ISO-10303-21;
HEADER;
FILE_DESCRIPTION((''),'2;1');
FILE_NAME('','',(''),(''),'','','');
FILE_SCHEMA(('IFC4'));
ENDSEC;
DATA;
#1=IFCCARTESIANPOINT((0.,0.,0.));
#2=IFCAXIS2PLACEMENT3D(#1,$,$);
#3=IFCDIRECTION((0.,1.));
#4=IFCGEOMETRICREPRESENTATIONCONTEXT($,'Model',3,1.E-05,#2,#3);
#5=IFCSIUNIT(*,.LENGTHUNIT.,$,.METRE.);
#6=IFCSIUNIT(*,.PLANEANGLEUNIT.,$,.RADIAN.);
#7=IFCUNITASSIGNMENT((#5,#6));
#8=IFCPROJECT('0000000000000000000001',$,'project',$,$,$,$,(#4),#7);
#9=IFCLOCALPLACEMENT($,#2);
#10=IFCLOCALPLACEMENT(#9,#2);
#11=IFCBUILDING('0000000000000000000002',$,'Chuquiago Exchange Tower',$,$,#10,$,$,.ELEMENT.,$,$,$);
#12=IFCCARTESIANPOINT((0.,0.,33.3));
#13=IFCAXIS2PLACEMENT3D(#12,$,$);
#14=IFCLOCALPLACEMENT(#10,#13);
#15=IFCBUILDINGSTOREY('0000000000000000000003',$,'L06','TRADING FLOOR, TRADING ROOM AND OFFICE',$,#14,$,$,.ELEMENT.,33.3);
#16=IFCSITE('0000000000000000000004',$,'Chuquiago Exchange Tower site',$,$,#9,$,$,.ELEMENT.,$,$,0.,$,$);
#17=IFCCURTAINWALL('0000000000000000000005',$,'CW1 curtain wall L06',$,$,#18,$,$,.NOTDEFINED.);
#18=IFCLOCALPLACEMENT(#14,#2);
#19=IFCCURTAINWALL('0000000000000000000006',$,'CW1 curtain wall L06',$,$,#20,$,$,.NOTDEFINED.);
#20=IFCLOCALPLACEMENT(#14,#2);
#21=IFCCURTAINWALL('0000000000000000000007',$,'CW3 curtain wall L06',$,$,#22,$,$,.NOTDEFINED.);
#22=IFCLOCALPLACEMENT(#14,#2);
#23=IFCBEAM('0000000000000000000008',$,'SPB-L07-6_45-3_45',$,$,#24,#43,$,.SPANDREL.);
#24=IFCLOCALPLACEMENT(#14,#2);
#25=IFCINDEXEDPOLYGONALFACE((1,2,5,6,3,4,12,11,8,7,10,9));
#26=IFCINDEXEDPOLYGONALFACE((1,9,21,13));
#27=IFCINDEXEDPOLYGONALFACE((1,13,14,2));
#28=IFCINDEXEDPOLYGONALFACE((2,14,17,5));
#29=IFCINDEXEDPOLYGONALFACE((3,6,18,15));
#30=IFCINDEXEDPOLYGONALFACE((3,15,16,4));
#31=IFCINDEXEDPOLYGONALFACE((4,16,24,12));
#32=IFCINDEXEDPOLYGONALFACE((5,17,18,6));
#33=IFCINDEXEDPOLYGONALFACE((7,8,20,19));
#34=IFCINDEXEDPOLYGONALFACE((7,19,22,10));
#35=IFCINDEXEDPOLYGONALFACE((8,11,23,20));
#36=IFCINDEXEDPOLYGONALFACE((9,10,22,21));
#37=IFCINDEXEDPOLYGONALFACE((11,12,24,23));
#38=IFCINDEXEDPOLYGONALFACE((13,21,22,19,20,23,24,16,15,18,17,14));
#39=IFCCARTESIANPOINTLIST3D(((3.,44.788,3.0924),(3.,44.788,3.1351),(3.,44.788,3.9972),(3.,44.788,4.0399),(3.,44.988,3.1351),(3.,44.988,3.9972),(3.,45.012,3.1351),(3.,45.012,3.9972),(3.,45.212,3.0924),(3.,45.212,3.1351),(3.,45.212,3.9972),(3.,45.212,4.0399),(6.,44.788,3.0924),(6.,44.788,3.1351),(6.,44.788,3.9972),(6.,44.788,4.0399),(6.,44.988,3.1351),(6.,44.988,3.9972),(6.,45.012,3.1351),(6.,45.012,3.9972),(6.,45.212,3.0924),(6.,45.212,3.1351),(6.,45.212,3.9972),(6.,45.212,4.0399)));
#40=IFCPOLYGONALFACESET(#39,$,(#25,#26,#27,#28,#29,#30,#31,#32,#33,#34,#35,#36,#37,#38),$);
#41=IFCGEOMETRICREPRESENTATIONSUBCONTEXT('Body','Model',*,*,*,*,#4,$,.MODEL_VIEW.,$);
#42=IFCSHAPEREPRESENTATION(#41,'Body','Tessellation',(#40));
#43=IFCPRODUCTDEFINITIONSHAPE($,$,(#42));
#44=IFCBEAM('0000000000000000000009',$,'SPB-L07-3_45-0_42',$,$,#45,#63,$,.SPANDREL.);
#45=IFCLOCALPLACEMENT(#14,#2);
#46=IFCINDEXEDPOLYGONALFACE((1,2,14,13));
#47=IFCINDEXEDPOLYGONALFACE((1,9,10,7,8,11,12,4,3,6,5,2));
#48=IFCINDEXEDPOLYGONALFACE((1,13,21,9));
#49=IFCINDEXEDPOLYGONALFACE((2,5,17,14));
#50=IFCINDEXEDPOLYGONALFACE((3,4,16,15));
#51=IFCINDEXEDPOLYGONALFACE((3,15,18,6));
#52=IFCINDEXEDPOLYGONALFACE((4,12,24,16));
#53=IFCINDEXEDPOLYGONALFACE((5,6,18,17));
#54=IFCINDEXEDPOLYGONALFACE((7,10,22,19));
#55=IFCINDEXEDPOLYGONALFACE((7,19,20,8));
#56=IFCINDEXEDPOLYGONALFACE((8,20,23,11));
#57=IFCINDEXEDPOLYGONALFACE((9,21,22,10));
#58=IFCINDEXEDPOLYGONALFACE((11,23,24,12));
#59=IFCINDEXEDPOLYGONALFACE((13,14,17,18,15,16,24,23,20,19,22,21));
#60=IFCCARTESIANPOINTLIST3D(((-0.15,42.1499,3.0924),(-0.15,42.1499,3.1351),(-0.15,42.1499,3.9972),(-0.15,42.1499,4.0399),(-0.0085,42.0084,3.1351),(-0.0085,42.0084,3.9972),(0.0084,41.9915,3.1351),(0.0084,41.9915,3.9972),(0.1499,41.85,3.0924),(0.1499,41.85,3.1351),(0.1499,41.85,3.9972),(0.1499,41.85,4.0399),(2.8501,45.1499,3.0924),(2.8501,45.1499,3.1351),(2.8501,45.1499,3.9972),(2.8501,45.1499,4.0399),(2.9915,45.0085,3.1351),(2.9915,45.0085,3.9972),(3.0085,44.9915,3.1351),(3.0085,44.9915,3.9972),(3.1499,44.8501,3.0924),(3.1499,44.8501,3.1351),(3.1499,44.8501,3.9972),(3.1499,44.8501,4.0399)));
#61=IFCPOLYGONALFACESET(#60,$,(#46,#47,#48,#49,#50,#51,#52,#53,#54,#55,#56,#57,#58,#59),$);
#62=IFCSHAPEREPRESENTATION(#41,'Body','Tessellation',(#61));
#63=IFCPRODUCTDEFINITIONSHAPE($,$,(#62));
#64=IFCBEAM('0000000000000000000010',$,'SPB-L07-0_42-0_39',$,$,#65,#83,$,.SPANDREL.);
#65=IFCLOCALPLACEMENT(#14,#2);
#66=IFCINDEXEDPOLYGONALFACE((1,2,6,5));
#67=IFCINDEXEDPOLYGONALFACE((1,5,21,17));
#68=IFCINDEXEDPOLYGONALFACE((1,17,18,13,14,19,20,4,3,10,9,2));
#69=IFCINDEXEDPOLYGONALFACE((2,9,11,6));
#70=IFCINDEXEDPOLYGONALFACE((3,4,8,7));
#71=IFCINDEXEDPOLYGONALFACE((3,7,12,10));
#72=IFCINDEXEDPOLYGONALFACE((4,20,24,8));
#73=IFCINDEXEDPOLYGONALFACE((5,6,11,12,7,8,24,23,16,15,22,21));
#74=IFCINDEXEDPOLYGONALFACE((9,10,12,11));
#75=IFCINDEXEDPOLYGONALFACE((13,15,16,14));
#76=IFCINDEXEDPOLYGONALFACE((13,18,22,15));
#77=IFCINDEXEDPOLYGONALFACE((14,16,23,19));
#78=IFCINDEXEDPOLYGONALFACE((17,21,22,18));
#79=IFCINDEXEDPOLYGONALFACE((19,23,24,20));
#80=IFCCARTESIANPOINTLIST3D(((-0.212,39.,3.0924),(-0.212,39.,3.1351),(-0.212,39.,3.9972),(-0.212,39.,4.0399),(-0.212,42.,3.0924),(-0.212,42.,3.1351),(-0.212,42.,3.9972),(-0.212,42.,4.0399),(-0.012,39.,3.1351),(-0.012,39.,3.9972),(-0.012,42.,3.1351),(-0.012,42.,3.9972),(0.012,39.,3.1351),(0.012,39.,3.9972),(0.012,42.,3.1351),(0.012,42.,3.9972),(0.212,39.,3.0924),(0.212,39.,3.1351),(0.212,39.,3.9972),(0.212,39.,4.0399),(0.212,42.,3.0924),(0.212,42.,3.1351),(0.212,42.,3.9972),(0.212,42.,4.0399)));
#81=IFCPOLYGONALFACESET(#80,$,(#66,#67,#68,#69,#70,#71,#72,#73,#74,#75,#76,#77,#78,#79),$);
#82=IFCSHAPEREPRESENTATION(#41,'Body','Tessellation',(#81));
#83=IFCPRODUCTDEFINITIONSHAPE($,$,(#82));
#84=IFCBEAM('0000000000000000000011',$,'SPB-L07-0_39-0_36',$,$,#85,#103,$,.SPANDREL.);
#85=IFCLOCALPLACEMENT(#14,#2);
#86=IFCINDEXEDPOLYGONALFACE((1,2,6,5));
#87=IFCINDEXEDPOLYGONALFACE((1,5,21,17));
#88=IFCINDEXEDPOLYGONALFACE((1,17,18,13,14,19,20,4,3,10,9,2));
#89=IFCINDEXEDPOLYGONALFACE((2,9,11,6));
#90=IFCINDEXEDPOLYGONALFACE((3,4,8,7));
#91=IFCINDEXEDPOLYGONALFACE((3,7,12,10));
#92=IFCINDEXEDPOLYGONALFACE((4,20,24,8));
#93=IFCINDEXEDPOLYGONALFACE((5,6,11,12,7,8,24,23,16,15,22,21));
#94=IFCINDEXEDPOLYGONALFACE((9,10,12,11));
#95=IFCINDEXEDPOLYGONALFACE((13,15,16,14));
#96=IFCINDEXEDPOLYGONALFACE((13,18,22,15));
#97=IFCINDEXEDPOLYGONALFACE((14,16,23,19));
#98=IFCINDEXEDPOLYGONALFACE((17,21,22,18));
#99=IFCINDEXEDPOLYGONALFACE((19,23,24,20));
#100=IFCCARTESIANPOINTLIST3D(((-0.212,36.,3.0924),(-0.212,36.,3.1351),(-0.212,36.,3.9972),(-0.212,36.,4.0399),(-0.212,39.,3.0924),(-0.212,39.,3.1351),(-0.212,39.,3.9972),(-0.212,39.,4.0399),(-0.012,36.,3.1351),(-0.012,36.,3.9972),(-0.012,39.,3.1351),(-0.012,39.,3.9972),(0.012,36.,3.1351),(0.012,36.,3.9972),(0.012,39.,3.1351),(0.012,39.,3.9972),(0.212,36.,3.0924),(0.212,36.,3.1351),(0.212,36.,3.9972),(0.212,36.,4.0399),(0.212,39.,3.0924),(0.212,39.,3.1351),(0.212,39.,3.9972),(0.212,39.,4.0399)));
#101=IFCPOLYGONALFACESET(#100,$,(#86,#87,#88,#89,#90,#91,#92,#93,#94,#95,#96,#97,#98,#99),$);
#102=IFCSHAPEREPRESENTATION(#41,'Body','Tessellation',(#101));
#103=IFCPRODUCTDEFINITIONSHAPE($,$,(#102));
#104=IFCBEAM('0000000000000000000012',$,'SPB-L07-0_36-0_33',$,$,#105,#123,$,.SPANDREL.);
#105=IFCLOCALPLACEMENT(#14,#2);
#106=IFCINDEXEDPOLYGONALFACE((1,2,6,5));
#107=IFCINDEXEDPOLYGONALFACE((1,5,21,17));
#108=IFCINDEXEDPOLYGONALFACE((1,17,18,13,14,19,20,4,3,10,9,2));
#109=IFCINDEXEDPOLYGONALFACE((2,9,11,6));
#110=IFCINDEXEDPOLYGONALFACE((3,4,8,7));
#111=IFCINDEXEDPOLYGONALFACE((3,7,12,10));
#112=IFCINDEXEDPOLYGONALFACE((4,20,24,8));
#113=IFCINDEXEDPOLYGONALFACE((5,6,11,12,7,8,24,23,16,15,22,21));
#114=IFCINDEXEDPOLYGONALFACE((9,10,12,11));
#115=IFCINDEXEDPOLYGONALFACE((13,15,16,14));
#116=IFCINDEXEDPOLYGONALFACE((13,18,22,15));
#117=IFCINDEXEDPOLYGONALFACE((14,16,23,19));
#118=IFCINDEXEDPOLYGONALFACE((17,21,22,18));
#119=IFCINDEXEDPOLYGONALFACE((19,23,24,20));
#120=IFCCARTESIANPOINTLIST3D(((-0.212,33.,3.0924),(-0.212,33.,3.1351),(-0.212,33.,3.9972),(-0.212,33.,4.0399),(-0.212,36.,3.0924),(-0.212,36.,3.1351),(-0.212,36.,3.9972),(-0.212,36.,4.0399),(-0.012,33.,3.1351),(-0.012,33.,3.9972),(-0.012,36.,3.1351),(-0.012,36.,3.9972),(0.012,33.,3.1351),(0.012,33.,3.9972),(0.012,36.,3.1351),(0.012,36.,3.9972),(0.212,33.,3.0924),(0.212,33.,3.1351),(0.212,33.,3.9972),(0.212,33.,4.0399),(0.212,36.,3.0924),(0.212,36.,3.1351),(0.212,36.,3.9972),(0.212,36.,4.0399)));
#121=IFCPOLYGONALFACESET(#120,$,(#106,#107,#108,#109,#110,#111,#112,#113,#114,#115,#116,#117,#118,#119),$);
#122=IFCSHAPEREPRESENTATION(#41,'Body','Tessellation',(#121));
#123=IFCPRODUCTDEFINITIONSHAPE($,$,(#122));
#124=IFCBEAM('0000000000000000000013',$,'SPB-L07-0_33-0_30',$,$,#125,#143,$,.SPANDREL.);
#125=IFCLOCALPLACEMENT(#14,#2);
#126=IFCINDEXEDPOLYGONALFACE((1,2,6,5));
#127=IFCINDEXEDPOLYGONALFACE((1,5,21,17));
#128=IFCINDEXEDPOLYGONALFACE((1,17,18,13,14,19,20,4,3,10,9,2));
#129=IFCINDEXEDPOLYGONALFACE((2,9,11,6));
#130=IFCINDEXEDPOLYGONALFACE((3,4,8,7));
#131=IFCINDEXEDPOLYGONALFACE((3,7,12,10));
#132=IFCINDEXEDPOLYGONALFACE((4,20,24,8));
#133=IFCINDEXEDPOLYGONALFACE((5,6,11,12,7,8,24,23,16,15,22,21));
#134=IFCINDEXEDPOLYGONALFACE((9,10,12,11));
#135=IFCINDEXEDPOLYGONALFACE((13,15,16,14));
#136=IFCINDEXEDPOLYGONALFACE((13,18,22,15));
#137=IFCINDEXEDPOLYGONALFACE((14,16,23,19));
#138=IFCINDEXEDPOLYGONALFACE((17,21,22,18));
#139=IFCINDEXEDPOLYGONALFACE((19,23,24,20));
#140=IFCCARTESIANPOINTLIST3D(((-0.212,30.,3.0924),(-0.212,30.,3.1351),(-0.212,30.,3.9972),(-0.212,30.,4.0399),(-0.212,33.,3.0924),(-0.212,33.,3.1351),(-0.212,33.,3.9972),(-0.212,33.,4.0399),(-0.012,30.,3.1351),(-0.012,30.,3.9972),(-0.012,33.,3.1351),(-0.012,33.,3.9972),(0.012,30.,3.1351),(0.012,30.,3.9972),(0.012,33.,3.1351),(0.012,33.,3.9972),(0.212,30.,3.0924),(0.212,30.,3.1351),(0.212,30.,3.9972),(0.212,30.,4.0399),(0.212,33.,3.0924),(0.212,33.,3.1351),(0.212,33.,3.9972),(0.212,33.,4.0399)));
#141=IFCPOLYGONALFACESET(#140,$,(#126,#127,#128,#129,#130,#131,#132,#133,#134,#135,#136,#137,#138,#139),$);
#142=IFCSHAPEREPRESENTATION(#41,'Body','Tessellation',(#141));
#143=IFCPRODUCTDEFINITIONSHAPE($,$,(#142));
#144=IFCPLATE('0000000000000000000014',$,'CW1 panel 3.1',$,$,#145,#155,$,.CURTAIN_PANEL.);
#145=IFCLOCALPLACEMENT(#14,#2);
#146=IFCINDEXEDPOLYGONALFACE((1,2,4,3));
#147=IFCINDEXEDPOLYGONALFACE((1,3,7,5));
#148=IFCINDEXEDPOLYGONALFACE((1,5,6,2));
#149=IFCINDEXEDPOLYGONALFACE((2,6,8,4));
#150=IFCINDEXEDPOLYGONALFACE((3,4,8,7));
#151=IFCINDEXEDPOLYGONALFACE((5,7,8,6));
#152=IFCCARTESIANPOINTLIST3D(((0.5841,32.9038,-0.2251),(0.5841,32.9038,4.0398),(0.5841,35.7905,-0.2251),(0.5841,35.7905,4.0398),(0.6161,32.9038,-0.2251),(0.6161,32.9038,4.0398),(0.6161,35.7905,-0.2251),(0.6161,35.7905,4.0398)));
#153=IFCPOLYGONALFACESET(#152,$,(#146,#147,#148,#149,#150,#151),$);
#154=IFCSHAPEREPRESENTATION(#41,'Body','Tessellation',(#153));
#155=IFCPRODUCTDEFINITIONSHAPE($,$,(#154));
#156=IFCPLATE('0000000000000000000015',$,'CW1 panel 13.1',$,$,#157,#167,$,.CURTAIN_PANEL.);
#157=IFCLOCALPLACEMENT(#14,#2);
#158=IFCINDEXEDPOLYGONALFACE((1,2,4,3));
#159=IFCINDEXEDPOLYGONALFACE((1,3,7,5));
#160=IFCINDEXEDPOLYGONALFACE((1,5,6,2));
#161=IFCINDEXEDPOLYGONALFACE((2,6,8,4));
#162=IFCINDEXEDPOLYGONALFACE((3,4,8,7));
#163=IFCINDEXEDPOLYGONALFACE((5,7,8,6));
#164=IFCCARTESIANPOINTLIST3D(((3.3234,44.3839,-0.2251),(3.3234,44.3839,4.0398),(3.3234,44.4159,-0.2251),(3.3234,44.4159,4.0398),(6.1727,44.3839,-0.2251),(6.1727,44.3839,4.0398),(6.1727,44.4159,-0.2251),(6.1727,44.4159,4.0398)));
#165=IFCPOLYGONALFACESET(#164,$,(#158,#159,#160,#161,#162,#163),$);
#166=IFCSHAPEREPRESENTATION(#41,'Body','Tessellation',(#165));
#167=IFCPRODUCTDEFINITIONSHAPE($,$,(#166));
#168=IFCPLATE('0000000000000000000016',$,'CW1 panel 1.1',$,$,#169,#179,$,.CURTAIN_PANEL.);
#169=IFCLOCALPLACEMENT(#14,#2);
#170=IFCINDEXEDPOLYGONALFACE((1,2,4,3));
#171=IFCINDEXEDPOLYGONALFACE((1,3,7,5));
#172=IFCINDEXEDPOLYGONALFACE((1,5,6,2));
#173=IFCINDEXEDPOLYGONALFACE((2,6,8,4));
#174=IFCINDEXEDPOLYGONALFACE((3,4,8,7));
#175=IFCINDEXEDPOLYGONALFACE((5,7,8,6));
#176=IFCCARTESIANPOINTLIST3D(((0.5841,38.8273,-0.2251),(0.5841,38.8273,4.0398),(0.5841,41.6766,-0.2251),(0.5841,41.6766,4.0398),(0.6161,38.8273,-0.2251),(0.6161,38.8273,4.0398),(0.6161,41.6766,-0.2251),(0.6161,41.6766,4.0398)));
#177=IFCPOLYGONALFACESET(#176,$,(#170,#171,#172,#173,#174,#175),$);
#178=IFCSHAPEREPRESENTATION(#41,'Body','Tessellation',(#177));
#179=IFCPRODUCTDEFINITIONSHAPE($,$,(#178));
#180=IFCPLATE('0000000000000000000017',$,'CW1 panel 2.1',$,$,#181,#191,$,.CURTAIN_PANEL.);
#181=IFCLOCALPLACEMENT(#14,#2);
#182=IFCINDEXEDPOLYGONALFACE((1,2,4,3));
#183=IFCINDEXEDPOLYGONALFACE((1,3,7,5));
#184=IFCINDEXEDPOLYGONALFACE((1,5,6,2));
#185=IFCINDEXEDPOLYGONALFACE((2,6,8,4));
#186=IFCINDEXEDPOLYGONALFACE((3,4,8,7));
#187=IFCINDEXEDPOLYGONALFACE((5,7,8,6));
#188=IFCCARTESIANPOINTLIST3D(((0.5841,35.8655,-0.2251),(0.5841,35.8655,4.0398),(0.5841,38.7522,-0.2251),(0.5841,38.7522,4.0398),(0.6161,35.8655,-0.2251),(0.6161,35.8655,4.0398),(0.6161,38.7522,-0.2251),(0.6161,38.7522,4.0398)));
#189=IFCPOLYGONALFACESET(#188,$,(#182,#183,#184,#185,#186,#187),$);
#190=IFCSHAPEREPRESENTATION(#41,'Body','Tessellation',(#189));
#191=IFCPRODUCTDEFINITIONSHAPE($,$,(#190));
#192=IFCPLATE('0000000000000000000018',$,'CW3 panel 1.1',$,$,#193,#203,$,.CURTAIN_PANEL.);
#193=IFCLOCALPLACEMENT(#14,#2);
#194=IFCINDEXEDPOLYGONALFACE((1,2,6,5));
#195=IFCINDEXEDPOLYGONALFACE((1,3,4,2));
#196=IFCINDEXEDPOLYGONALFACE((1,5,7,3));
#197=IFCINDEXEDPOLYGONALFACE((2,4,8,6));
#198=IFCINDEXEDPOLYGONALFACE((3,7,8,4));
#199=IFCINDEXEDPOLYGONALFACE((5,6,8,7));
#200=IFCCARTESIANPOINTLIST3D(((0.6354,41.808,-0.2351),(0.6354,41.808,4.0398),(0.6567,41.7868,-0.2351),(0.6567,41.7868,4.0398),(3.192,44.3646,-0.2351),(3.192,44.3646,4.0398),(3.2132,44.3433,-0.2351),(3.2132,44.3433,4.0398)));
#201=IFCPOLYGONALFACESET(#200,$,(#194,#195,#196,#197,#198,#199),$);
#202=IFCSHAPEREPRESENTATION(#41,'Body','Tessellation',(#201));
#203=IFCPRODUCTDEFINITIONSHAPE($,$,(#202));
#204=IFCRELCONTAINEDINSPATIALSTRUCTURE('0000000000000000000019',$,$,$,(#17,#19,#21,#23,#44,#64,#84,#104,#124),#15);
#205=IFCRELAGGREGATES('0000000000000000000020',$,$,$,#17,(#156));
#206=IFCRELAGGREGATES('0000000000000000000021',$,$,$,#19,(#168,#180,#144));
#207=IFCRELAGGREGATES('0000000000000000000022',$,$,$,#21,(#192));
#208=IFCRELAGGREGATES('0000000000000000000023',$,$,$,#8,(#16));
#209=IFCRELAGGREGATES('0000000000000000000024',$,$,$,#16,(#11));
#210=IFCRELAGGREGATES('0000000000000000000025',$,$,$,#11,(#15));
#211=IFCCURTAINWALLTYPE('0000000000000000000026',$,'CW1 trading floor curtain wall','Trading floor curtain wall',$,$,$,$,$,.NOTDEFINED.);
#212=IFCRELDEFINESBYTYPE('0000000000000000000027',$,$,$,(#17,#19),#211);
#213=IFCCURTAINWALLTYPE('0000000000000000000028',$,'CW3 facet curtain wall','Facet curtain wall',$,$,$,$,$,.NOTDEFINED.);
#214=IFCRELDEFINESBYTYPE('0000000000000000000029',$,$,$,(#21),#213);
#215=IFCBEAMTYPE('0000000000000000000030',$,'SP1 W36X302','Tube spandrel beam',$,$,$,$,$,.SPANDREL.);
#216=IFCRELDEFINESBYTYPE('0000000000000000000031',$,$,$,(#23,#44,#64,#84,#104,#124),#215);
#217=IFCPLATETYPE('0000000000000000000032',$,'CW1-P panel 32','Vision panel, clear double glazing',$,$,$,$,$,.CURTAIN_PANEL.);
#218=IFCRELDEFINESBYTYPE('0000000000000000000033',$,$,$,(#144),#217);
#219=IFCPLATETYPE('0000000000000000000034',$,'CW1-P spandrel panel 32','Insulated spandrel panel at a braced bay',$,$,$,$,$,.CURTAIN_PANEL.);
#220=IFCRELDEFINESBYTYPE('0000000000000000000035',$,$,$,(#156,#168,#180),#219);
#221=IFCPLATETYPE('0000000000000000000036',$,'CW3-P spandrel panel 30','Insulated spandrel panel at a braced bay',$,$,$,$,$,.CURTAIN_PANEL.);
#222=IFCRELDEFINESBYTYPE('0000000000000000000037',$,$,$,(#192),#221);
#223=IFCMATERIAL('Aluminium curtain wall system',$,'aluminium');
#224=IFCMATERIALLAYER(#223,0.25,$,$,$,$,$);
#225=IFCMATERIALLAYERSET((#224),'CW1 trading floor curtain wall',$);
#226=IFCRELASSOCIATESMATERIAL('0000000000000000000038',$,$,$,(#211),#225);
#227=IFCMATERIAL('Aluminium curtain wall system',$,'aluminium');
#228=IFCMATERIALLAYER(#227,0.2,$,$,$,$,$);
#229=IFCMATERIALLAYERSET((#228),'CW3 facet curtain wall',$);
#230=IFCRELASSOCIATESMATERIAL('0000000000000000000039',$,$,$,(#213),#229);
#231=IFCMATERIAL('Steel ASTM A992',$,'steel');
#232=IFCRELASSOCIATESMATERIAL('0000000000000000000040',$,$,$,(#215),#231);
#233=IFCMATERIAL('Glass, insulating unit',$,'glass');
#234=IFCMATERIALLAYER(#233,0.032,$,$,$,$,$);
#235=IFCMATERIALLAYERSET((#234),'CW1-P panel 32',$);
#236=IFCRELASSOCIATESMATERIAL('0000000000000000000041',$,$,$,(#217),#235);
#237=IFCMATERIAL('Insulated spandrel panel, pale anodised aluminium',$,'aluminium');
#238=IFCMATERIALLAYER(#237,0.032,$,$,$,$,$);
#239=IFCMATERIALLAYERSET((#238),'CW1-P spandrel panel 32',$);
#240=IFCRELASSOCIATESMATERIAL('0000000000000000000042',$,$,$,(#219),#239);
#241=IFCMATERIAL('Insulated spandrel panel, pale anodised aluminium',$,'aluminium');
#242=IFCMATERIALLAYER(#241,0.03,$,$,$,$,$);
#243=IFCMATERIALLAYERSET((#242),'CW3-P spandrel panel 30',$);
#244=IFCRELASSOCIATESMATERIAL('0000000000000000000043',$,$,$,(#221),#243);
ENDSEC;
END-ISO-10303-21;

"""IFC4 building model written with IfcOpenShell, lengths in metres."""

from ifc_helpers import new_model, si_unit, direction, frame, origin, origin_2d, place, context, subcontext, project, spatial, rectangle, i_section, extrude, material, layer, layer_set, material_profile, profile_set, type_object, element, aggregate, save


model = new_model("IFC4")

# Units and contexts
model_context = context("Model", 3, precision=1e-05, world=origin(), true_north=direction((0.0, 1.0)))
body_context = subcontext(model_context, "Body", "Model", "MODEL_VIEW")
ifc_project = project(units=[si_unit("LENGTHUNIT", "METRE"), si_unit("PLANEANGLEUNIT", "RADIAN")], contexts=[model_context])

# Site, building, storey
site_placement = place(None, origin())
site = spatial("IfcSite", under=ifc_project, at=site_placement, Name="Chuquiago Exchange Tower site", CompositionType="ELEMENT", RefElevation=0.0)
building_placement = place(site_placement, origin())
building = spatial("IfcBuilding", under=site, at=building_placement, Name="Chuquiago Exchange Tower", CompositionType="ELEMENT")
storey_placement = place(building_placement, frame((0.0, 0.0, 33.3)))
storey = spatial("IfcBuildingStorey", under=building, at=storey_placement, Name="L06", Description="TRADING FLOOR, TRADING ROOM AND OFFICE", CompositionType="ELEMENT", Elevation=33.3)

# Curtain walls
ifc_material_1 = material(Name="Aluminium curtain wall system", Category="aluminium")
ifc_layer_1 = layer(ifc_material_1, 0.25)
ifc_layer_set_1 = layer_set([ifc_layer_1], Name="CW1 trading floor curtain wall")
curtain_wall_type_1 = type_object("IfcCurtainWallType", Name="CW1 trading floor curtain wall", Description="Trading floor curtain wall", PredefinedType="NOTDEFINED", material=ifc_layer_set_1)
curtain_wall_1_placement = place(storey_placement, origin())
curtain_wall_1 = element("IfcCurtainWall", 1, at=curtain_wall_1_placement, inside=storey, type_object=curtain_wall_type_1, Name="CW1 curtain wall L06", PredefinedType="NOTDEFINED")
curtain_wall_2_placement = place(storey_placement, origin())
curtain_wall_2 = element("IfcCurtainWall", 2, at=curtain_wall_2_placement, inside=storey, type_object=curtain_wall_type_1, Name="CW1 curtain wall L06", PredefinedType="NOTDEFINED")

# Curtain wall
ifc_material_2 = material(Name="Aluminium curtain wall system", Category="aluminium")
ifc_layer_2 = layer(ifc_material_2, 0.2)
ifc_layer_set_2 = layer_set([ifc_layer_2], Name="CW3 facet curtain wall")
curtain_wall_type_2 = type_object("IfcCurtainWallType", Name="CW3 facet curtain wall", Description="Facet curtain wall", PredefinedType="NOTDEFINED", material=ifc_layer_set_2)
curtain_wall_3_placement = place(storey_placement, origin())
curtain_wall_3 = element("IfcCurtainWall", 3, at=curtain_wall_3_placement, inside=storey, type_object=curtain_wall_type_2, Name="CW3 curtain wall L06", PredefinedType="NOTDEFINED")

# Beams
ifc_material_3 = material(Name="Steel ASTM A992", Category="steel")
ifc_material_profile_1 = material_profile(ifc_material_3, i_section(OverallWidth=0.4241, OverallDepth=0.9475, WebThickness=0.0239, FlangeThickness=0.0427, at=origin_2d()), Name="W36X302")
ifc_profile_set_1 = profile_set([ifc_material_profile_1], Name="Steel ASTM A992")
beam_type = type_object("IfcBeamType", Name="SP1 W36X302", Description="Tube spandrel beam", PredefinedType="SPANDREL", material=ifc_profile_set_1)
beam_1_placement = place(storey_placement, frame((6.0, 45.0, 3.5662), z_axis=(-1.0, 0.0, 0.0), x_axis=(0.0, -1.0, 0.0)))
element("IfcBeam", 4, at=beam_1_placement, inside=storey, type_object=beam_type, Name="SPB-L07-6_45-3_45", PredefinedType="SPANDREL", context=body_context, shape_type="SweptSolid", body=[
    extrude(i_section(OverallWidth=0.4241, OverallDepth=0.9475, WebThickness=0.0239, FlangeThickness=0.0427, at=origin_2d()), origin(), (0.0, 0.0, 1.0), 3.0),
])
beam_2_placement = place(storey_placement, frame((3.0, 45.0, 3.5662), z_axis=(-0.707107, -0.707107, 0.0), x_axis=(0.707107, -0.707107, 0.0)))
element("IfcBeam", 5, at=beam_2_placement, inside=storey, type_object=beam_type, Name="SPB-L07-3_45-0_42", PredefinedType="SPANDREL", context=body_context, shape_type="SweptSolid", body=[
    extrude(i_section(OverallWidth=0.4241, OverallDepth=0.9475, WebThickness=0.0239, FlangeThickness=0.0427, at=origin_2d()), origin(), (0.0, 0.0, 1.0), 4.2427),
])
for number, where, z_axis, x_axis, name in (
    (6, (0.0, 42.0, 3.5662), (0.0, -1.0, 0.0), (1.0, 0.0, 0.0), "SPB-L07-0_42-0_39"),
    (7, (0.0, 39.0, 3.5662), (0.0, -1.0, 0.0), (1.0, 0.0, 0.0), "SPB-L07-0_39-0_36"),
    (8, (0.0, 36.0, 3.5662), (0.0, -1.0, 0.0), (1.0, 0.0, 0.0), "SPB-L07-0_36-0_33"),
    (9, (0.0, 33.0, 3.5662), (0.0, -1.0, 0.0), (1.0, 0.0, 0.0), "SPB-L07-0_33-0_30"),
):
    element("IfcBeam", number, at=place(storey_placement, frame(where, z_axis=z_axis, x_axis=x_axis)), inside=storey, type_object=beam_type, Name=name, PredefinedType="SPANDREL", context=body_context, shape_type="SweptSolid", body=[
        extrude(i_section(OverallWidth=0.4241, OverallDepth=0.9475, WebThickness=0.0239, FlangeThickness=0.0427, at=origin_2d()), origin(), (0.0, 0.0, 1.0), 3.0),
    ])

# Plates
ifc_material_4 = material(Name="Glass, insulating unit", Category="glass")
ifc_layer_3 = layer(ifc_material_4, 0.032)
ifc_layer_set_3 = layer_set([ifc_layer_3], Name="CW1-P panel 32")
plate_type_1 = type_object("IfcPlateType", Name="CW1-P panel 32", Description="Vision panel, clear double glazing", PredefinedType="CURTAIN_PANEL", material=ifc_layer_set_3)
plate_1_placement = place(storey_placement, frame((0.6001, 34.3472, -0.2251), z_axis=(0.0, 0.0, 1.0), x_axis=(0.0, -1.0, 0.0)))
plate_1 = element("IfcPlate", 10, at=plate_1_placement, type_object=plate_type_1, Name="CW1 panel 3.1", PredefinedType="CURTAIN_PANEL", context=body_context, shape_type="SweptSolid", body=[
    extrude(rectangle(XDim=2.8867, YDim=0.032, at=origin_2d()), origin(), (0.0, 0.0, 1.0), 4.2649),
])
ifc_material_5 = material(Name="Insulated spandrel panel, pale anodised aluminium", Category="aluminium")
ifc_layer_4 = layer(ifc_material_5, 0.032)
ifc_layer_set_4 = layer_set([ifc_layer_4], Name="CW1-P spandrel panel 32")
plate_type_2 = type_object("IfcPlateType", Name="CW1-P spandrel panel 32", Description="Insulated spandrel panel at a braced bay", PredefinedType="CURTAIN_PANEL", material=ifc_layer_set_4)
plate_2_placement = place(storey_placement, frame((4.748, 44.3999, -0.2251), z_axis=(0.0, 0.0, 1.0), x_axis=(-1.0, 0.0, 0.0)))
plate_2 = element("IfcPlate", 11, at=plate_2_placement, type_object=plate_type_2, Name="CW1 panel 13.1", PredefinedType="CURTAIN_PANEL", context=body_context, shape_type="SweptSolid", body=[
    extrude(rectangle(XDim=2.8494, YDim=0.032, at=origin_2d()), origin(), (0.0, 0.0, 1.0), 4.2649),
])
aggregate(curtain_wall_1, [plate_2])
plate_3_placement = place(storey_placement, frame((0.6001, 40.252, -0.2251), z_axis=(0.0, 0.0, 1.0), x_axis=(0.0, -1.0, 0.0)))
plate_3 = element("IfcPlate", 12, at=plate_3_placement, type_object=plate_type_2, Name="CW1 panel 1.1", PredefinedType="CURTAIN_PANEL", context=body_context, shape_type="SweptSolid", body=[
    extrude(rectangle(XDim=2.8494, YDim=0.032, at=origin_2d()), origin(), (0.0, 0.0, 1.0), 4.2649),
])
plate_4_placement = place(storey_placement, frame((0.6001, 37.3088, -0.2251), z_axis=(0.0, 0.0, 1.0), x_axis=(0.0, -1.0, 0.0)))
plate_4 = element("IfcPlate", 13, at=plate_4_placement, type_object=plate_type_2, Name="CW1 panel 2.1", PredefinedType="CURTAIN_PANEL", context=body_context, shape_type="SweptSolid", body=[
    extrude(rectangle(XDim=2.8867, YDim=0.032, at=origin_2d()), origin(), (0.0, 0.0, 1.0), 4.2649),
])
aggregate(curtain_wall_2, [plate_3, plate_4, plate_1])
ifc_material_6 = material(Name="Insulated spandrel panel, pale anodised aluminium", Category="aluminium")
ifc_layer_5 = layer(ifc_material_6, 0.03)
ifc_layer_set_5 = layer_set([ifc_layer_5], Name="CW3-P spandrel panel 30")
plate_type_3 = type_object("IfcPlateType", Name="CW3-P spandrel panel 30", Description="Insulated spandrel panel at a braced bay", PredefinedType="CURTAIN_PANEL", material=ifc_layer_set_5)
plate_5_placement = place(storey_placement, frame((1.9243, 43.0757, -0.2351), z_axis=(0.0, 0.0, 1.0), x_axis=(-0.707107, -0.707107, 0.0)))
plate_5 = element("IfcPlate", 14, at=plate_5_placement, type_object=plate_type_3, Name="CW3 panel 1.1", PredefinedType="CURTAIN_PANEL", context=body_context, shape_type="SweptSolid", body=[
    extrude(rectangle(XDim=3.6155, YDim=0.03, at=origin_2d()), origin(), (0.0, 0.0, 1.0), 4.2749),
])
aggregate(curtain_wall_3, [plate_5])

save(model, "model.ifc")
